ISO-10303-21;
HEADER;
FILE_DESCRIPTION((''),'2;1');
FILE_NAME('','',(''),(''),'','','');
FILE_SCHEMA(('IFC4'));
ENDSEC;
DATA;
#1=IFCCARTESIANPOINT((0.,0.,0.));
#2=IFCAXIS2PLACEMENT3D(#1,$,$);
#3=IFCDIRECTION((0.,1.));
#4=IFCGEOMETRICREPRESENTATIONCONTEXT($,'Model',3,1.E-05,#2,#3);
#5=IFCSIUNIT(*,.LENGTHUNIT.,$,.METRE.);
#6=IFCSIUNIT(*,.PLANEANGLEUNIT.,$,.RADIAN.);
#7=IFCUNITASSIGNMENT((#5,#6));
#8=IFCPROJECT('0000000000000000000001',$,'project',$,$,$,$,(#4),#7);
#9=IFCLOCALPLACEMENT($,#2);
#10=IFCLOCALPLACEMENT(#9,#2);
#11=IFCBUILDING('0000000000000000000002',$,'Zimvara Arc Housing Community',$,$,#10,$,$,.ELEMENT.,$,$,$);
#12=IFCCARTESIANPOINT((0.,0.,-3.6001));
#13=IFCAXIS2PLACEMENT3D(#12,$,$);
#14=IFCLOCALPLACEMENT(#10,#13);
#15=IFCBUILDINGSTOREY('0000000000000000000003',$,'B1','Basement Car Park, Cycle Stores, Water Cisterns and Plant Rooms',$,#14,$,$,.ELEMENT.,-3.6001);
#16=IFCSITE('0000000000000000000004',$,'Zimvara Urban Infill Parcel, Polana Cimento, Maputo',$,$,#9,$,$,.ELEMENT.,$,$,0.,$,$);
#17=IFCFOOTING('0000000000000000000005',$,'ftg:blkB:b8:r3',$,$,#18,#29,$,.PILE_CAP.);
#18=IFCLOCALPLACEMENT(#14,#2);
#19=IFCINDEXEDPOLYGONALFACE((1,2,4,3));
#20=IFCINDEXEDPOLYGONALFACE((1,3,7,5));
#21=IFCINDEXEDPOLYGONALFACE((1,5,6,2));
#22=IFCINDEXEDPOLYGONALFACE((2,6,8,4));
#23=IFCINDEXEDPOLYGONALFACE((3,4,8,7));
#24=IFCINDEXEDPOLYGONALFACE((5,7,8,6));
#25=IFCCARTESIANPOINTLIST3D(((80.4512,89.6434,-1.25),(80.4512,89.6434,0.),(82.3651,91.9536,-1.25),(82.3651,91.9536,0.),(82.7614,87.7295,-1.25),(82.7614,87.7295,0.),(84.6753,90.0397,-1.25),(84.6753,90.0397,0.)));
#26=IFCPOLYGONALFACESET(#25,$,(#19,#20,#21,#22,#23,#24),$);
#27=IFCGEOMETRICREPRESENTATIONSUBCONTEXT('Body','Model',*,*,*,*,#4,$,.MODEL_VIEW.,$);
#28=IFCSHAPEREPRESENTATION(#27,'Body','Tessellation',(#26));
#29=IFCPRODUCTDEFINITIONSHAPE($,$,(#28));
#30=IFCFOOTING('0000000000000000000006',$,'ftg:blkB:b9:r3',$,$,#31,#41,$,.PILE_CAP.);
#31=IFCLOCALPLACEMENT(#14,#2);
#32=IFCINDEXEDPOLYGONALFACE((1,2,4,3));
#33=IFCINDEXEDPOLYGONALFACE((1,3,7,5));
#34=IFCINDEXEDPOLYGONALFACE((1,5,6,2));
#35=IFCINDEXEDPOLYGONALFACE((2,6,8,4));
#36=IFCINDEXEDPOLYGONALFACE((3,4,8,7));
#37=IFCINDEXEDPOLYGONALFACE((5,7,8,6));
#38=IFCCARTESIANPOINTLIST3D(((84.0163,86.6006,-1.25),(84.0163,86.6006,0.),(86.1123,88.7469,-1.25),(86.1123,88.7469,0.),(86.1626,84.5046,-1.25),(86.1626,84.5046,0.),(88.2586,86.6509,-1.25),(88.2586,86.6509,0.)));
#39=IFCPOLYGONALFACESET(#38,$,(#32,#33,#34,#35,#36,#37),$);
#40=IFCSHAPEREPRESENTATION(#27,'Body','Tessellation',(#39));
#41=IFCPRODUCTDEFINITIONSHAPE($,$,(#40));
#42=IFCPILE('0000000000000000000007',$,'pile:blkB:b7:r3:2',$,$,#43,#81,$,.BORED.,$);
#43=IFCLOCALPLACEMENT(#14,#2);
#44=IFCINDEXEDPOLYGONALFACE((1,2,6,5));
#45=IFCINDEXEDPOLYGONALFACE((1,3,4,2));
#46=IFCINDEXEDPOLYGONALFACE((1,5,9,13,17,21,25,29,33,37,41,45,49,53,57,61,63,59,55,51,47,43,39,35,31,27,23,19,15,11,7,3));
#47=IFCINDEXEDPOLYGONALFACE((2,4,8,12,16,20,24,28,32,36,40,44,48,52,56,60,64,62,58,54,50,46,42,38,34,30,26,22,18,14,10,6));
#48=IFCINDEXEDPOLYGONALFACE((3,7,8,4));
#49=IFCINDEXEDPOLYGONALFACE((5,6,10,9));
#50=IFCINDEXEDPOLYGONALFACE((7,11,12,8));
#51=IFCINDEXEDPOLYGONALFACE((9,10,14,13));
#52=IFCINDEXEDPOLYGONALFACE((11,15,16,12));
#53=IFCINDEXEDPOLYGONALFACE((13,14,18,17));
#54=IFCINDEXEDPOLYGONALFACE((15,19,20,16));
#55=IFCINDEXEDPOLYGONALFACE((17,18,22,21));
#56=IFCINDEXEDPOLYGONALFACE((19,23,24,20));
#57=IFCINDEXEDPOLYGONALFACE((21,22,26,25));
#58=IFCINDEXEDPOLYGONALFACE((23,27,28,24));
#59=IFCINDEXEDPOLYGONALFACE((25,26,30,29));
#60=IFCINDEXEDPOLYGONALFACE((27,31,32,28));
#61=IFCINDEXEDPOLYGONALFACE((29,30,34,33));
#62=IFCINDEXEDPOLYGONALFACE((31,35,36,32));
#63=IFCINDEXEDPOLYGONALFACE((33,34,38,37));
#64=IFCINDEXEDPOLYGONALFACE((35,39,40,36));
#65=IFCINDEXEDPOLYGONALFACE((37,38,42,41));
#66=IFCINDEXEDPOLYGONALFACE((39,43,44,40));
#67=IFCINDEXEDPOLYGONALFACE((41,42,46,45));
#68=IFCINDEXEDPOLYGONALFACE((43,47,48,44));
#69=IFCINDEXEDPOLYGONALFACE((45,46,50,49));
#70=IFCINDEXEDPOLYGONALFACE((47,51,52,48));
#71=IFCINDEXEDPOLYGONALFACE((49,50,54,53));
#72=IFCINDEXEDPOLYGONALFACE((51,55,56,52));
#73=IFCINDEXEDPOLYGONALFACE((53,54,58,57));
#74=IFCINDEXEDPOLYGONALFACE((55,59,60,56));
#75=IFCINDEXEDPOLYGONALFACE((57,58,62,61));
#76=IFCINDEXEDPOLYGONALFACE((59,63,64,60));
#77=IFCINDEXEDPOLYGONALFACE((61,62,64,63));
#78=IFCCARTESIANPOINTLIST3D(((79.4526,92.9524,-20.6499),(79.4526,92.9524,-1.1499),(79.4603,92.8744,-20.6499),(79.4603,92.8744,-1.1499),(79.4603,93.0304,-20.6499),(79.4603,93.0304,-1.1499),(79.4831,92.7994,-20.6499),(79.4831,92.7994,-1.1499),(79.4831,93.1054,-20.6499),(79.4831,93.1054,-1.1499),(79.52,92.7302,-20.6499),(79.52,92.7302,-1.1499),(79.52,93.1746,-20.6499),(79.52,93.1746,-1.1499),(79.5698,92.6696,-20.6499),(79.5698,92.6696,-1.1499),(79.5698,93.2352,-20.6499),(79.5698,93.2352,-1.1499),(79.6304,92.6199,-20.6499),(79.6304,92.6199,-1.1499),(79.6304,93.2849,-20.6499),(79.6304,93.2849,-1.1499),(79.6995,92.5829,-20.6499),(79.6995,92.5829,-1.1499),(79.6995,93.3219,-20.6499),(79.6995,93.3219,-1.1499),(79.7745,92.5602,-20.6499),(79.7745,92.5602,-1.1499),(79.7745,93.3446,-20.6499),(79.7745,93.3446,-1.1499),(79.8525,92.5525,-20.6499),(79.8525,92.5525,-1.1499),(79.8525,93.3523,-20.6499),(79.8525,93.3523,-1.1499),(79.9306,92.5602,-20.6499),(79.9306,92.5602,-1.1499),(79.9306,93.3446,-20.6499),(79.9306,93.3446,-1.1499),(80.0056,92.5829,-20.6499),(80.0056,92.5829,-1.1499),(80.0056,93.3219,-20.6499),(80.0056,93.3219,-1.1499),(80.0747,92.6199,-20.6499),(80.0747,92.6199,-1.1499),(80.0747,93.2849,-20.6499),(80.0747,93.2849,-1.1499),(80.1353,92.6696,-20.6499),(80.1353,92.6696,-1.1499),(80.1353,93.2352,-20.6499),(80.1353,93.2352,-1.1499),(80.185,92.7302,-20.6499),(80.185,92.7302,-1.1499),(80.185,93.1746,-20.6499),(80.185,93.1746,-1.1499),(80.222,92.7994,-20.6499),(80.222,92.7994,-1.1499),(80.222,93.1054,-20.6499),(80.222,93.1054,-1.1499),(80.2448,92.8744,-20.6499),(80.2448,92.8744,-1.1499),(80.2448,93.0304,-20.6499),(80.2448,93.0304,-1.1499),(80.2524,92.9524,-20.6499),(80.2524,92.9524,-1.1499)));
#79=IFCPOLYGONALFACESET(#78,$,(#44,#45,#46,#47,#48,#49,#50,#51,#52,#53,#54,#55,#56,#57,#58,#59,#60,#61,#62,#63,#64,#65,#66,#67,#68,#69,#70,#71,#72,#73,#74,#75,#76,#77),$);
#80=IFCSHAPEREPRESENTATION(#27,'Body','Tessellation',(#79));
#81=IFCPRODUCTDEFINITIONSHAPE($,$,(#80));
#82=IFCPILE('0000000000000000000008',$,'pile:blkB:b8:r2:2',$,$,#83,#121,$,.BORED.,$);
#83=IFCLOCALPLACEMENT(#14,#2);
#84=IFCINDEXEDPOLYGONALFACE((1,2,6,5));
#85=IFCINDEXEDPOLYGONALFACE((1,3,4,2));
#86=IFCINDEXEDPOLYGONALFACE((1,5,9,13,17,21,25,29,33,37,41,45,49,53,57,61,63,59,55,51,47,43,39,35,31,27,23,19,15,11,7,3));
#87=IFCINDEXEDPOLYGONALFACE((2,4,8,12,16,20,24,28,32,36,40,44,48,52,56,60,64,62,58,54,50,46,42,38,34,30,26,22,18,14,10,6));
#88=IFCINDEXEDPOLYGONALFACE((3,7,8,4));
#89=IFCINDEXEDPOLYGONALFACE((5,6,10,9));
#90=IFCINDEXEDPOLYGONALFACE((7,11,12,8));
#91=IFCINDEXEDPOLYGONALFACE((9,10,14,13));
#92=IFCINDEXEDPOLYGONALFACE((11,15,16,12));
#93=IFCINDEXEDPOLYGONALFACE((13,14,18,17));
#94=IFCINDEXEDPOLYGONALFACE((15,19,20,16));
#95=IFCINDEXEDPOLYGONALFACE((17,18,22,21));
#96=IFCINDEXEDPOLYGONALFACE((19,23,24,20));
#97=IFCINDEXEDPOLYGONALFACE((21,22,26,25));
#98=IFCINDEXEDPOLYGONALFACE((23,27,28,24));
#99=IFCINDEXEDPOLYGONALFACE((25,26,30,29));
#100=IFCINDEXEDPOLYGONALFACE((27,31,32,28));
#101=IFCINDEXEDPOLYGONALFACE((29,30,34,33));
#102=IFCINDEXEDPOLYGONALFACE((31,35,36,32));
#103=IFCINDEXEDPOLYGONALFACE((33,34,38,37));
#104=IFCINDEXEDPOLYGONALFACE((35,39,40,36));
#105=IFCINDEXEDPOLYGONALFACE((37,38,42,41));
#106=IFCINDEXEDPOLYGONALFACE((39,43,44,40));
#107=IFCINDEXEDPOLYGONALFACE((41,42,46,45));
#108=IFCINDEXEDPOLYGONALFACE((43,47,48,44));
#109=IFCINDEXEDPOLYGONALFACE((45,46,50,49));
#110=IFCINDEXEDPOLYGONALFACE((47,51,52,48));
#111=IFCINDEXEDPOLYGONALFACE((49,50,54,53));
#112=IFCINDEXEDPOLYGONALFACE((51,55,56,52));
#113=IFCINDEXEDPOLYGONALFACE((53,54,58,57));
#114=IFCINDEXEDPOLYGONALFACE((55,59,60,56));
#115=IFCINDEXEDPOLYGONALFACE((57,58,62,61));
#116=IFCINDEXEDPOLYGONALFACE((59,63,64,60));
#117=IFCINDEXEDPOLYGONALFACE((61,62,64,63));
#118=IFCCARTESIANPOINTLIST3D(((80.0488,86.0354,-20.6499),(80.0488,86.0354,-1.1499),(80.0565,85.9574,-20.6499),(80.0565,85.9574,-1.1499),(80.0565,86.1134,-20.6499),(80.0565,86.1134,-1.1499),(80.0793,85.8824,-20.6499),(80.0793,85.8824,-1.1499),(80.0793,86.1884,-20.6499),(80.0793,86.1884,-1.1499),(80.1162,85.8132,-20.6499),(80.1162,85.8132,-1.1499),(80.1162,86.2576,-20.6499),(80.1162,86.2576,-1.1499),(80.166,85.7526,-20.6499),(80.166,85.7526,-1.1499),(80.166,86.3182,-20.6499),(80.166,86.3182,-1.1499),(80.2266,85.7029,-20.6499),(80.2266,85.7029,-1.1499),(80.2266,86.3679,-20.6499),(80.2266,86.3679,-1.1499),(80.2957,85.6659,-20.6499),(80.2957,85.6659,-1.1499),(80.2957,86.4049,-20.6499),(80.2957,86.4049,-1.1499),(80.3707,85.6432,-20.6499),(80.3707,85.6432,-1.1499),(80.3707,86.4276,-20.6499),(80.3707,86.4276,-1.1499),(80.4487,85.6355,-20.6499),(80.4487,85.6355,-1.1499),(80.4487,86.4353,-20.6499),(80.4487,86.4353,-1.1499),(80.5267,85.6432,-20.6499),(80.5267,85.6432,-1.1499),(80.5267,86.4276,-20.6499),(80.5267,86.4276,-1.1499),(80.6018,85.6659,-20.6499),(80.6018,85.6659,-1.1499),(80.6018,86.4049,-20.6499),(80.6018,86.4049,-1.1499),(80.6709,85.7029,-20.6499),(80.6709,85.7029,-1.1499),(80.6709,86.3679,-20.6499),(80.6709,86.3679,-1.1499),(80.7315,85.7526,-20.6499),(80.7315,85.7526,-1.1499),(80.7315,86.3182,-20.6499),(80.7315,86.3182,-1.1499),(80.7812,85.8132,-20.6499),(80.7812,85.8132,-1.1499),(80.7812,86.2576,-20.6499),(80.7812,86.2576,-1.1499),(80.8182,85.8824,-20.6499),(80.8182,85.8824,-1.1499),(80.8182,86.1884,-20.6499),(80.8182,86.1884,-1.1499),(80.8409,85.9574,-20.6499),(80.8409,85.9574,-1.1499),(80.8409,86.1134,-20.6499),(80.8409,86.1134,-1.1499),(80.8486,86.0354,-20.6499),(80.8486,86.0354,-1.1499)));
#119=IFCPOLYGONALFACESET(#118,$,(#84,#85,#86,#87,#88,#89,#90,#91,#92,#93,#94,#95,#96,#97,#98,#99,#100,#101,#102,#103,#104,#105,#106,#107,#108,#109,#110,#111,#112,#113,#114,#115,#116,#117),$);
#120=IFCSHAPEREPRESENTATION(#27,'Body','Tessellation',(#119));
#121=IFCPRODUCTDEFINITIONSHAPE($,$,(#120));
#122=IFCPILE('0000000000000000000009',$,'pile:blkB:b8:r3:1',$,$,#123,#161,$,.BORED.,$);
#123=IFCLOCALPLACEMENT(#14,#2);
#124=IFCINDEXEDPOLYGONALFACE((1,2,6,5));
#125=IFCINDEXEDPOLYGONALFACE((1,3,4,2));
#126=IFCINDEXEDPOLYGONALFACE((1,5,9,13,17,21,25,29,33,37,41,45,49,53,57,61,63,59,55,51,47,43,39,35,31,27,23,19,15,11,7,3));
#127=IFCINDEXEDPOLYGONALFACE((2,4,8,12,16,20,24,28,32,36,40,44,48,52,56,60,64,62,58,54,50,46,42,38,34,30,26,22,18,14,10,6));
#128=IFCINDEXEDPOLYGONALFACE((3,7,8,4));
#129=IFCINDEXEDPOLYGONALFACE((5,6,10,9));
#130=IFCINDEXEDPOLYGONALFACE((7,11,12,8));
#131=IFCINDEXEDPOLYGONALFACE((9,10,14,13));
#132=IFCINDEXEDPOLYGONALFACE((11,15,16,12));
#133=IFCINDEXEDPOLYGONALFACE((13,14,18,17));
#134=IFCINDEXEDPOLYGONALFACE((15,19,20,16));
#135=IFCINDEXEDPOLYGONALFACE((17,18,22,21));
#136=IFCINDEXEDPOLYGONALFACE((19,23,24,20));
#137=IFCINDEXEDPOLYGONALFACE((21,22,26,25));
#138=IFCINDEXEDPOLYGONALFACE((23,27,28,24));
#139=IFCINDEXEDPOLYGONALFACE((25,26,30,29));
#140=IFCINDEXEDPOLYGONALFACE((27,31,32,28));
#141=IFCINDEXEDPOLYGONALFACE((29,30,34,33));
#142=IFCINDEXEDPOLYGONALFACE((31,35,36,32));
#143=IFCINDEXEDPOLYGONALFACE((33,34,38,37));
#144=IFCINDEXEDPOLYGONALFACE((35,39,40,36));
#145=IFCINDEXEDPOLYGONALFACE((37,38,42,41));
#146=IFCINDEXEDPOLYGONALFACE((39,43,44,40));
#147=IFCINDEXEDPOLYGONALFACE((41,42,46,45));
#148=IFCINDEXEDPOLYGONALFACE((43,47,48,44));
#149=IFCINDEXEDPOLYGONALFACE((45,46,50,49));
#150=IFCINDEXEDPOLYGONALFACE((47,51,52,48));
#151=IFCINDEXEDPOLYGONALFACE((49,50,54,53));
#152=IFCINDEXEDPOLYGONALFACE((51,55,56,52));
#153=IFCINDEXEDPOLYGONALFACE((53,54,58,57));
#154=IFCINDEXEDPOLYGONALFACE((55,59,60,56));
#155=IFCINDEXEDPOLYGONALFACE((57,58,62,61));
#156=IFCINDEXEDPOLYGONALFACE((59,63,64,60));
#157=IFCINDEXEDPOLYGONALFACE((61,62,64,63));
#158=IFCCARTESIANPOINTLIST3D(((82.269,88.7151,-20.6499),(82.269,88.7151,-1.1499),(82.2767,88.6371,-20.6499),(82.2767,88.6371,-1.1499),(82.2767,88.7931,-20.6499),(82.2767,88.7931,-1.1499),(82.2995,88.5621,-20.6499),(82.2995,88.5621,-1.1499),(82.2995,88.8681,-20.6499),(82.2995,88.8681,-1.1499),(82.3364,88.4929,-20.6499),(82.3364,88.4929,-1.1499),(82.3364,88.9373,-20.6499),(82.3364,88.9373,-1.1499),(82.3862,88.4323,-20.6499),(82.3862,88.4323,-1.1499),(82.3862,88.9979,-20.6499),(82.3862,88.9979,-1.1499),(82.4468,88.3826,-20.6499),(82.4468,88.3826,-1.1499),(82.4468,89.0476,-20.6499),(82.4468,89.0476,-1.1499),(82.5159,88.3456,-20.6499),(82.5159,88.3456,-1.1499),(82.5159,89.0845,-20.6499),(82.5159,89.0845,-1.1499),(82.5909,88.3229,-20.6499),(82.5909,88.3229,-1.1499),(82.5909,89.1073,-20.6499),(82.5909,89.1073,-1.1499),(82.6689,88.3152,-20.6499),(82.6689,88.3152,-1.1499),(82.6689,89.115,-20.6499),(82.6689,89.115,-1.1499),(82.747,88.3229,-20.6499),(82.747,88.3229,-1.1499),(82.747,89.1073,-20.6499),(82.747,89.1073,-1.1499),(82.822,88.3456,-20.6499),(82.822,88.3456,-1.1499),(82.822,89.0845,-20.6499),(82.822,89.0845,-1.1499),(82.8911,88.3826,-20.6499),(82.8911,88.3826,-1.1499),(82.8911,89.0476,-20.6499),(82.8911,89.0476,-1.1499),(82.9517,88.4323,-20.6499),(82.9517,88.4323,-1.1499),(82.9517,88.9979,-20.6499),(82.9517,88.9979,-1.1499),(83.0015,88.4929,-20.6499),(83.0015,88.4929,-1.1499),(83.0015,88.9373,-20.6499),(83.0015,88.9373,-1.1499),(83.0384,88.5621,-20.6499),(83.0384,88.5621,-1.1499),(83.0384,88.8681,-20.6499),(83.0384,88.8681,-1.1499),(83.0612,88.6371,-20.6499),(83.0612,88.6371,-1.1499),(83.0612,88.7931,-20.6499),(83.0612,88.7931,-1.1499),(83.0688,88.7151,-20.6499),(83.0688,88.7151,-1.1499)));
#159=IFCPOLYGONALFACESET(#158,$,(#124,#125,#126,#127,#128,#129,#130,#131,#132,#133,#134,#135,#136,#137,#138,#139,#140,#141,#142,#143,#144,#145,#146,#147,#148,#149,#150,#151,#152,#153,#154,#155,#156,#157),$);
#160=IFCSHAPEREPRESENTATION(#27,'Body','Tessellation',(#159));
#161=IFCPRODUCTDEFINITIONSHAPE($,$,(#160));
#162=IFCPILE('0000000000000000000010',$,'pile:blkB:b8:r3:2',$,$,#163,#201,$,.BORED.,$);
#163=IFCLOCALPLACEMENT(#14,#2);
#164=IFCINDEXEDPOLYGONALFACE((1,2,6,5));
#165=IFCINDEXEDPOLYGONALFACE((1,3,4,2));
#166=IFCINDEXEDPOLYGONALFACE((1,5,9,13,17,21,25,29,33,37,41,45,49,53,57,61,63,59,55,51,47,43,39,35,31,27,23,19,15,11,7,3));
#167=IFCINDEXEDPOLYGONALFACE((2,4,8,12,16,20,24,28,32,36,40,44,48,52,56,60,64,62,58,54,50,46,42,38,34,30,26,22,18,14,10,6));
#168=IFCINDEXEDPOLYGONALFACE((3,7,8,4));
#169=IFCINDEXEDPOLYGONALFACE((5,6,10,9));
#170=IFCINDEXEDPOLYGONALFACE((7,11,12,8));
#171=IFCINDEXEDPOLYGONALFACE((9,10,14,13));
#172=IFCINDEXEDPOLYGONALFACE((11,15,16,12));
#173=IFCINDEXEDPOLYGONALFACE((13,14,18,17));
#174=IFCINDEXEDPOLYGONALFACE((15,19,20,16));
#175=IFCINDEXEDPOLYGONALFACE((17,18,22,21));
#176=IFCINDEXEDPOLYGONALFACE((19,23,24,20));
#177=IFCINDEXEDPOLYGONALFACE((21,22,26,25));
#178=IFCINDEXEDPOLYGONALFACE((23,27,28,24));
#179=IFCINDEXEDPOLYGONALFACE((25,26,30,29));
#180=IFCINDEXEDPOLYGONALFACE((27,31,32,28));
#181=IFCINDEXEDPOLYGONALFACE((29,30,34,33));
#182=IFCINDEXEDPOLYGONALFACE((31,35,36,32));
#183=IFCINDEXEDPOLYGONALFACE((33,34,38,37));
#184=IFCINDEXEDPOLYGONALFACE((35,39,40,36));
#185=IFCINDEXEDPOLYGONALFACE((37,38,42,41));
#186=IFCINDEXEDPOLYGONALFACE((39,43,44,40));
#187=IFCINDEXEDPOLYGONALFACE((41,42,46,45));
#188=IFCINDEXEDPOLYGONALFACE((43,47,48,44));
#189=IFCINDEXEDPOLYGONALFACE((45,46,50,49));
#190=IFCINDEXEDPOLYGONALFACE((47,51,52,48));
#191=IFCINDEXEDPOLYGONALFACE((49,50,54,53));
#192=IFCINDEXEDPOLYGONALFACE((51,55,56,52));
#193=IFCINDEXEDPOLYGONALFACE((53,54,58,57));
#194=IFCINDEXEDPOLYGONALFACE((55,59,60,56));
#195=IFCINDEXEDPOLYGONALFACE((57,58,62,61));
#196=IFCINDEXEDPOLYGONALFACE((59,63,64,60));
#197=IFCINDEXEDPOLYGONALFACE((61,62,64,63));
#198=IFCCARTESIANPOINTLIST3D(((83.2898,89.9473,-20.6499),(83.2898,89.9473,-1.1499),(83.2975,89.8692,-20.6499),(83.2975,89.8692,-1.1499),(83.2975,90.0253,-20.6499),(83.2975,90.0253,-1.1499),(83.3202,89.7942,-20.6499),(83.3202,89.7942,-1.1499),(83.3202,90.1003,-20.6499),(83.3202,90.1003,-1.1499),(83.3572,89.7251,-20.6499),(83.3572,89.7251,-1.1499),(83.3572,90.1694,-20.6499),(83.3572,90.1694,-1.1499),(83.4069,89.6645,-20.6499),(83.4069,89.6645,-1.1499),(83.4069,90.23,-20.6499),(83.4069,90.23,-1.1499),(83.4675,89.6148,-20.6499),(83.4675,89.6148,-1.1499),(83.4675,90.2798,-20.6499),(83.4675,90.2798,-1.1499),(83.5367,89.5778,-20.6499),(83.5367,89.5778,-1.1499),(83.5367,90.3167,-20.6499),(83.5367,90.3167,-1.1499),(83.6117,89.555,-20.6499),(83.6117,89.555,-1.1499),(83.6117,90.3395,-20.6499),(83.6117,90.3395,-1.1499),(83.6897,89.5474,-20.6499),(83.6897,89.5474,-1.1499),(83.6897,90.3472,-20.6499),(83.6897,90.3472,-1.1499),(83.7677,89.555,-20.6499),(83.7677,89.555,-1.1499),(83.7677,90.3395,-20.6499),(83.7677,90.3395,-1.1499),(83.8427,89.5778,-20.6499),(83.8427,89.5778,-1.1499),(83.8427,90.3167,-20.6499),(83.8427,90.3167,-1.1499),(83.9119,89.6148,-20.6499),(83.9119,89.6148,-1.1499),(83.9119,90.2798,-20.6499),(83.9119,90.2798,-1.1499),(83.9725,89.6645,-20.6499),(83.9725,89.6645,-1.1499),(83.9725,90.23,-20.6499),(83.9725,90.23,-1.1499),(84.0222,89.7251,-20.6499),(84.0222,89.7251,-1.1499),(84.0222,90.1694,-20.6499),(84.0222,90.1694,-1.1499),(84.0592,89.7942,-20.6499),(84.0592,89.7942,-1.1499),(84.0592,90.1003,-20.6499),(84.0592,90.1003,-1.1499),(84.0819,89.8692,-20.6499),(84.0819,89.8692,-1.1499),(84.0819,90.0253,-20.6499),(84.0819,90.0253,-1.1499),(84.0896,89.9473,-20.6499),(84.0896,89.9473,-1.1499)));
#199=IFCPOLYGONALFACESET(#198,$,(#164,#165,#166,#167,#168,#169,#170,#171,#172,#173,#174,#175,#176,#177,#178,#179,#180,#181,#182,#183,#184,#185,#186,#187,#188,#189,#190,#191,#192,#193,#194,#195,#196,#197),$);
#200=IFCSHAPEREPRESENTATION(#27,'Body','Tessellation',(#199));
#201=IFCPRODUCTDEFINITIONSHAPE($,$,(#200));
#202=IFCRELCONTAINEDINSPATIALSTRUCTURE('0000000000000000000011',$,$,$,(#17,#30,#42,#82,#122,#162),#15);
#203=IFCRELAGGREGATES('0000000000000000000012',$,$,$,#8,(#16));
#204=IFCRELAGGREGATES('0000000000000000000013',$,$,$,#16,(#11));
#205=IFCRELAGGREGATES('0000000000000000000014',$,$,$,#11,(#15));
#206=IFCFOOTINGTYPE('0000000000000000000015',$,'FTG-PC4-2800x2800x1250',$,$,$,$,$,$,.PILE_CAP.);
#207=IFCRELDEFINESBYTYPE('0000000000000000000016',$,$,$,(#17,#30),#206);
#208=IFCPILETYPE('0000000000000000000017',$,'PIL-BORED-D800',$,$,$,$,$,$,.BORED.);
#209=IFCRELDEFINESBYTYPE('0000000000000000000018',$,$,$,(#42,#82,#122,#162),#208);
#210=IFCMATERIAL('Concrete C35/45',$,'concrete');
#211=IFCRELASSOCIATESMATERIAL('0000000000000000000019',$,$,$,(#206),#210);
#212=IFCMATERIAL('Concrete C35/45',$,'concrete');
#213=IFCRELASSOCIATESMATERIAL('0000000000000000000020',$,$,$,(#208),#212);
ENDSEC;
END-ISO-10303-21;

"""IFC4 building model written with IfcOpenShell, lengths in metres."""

from ifc_helpers import new_model, si_unit, direction, frame, origin, origin_2d, place, context, subcontext, project, spatial, rectangle, circle, extrude, material, material_profile, profile_set, type_object, element, save


model = new_model("IFC4")

# Units and contexts
model_context = context("Model", 3, precision=1e-05, world=origin(), true_north=direction((0.0, 1.0)))
body_context = subcontext(model_context, "Body", "Model", "MODEL_VIEW")
ifc_project = project(units=[si_unit("LENGTHUNIT", "METRE"), si_unit("PLANEANGLEUNIT", "RADIAN")], contexts=[model_context])

# Site, building, storey
site_placement = place(None, origin())
site = spatial("IfcSite", under=ifc_project, at=site_placement, Name="Zimvara Urban Infill Parcel, Polana Cimento, Maputo", CompositionType="ELEMENT", RefElevation=0.0)
building_placement = place(site_placement, origin())
building = spatial("IfcBuilding", under=site, at=building_placement, Name="Zimvara Arc Housing Community", CompositionType="ELEMENT")
storey_placement = place(building_placement, frame((0.0, 0.0, -3.6001)))
storey = spatial("IfcBuildingStorey", under=building, at=storey_placement, Name="B1", Description="Basement Car Park, Cycle Stores, Water Cisterns and Plant Rooms", CompositionType="ELEMENT", Elevation=-3.6001)

# Footings
ifc_material_1 = material(Name="Concrete C35/45", Category="concrete")
footing_type = type_object("IfcFootingType", Name="FTG-PC4-2800x2800x1250", PredefinedType="PILE_CAP", material=ifc_material_1)
for number, where, z_axis, x_axis, name in (
    (1, (82.5632, 89.8416, -1.25), (0.0, 0.0, 1.0), (0.637962, 0.770068, 0.0), "ftg:blkB:b8:r3"),
    (2, (86.1375, 86.6257, -1.25), (0.0, 0.0, 1.0), (0.698665, 0.715449, 0.0), "ftg:blkB:b9:r3"),
):
    element("IfcFooting", number, at=place(storey_placement, frame(where, z_axis=z_axis, x_axis=x_axis)), inside=storey, type_object=footing_type, Name=name, PredefinedType="PILE_CAP", context=body_context, shape_type="SweptSolid", body=[
        extrude(rectangle(XDim=3.0, YDim=3.0, at=origin_2d()), origin(), (0.0, 0.0, 1.0), 1.25),
    ])

# Piles
ifc_material_2 = material(Name="Concrete C35/45", Category="concrete")
ifc_material_profile_1 = material_profile(ifc_material_2, circle(Radius=0.3999, at=origin_2d()), Name="PILE D800")
ifc_profile_set_1 = profile_set([ifc_material_profile_1], Name="Concrete C35/45")
pile_type = type_object("IfcPileType", Name="PIL-BORED-D800", PredefinedType="BORED", material=ifc_profile_set_1)
for number, where, z_axis, x_axis, name in (
    (3, (79.8525, 92.9524, -1.1499), (0.0, 0.0, -1.0), (1.0, 0.0, 0.0), "pile:blkB:b7:r3:2"),
    (4, (80.4487, 86.0354, -1.1499), (0.0, 0.0, -1.0), (1.0, 0.0, 0.0), "pile:blkB:b8:r2:2"),
    (5, (82.6689, 88.7151, -1.1499), (0.0, 0.0, -1.0), (1.0, 0.0, 0.0), "pile:blkB:b8:r3:1"),
    (6, (83.6897, 89.9473, -1.1499), (0.0, 0.0, -1.0), (1.0, 0.0, 0.0), "pile:blkB:b8:r3:2"),
):
    element("IfcPile", number, at=place(storey_placement, frame(where, z_axis=z_axis, x_axis=x_axis)), inside=storey, type_object=pile_type, Name=name, PredefinedType="BORED", context=body_context, shape_type="SweptSolid", body=[
        extrude(circle(Radius=0.3999, at=origin_2d()), origin(), (0.0, 0.0, 1.0), 19.5),
    ])

save(model, "model.ifc")
